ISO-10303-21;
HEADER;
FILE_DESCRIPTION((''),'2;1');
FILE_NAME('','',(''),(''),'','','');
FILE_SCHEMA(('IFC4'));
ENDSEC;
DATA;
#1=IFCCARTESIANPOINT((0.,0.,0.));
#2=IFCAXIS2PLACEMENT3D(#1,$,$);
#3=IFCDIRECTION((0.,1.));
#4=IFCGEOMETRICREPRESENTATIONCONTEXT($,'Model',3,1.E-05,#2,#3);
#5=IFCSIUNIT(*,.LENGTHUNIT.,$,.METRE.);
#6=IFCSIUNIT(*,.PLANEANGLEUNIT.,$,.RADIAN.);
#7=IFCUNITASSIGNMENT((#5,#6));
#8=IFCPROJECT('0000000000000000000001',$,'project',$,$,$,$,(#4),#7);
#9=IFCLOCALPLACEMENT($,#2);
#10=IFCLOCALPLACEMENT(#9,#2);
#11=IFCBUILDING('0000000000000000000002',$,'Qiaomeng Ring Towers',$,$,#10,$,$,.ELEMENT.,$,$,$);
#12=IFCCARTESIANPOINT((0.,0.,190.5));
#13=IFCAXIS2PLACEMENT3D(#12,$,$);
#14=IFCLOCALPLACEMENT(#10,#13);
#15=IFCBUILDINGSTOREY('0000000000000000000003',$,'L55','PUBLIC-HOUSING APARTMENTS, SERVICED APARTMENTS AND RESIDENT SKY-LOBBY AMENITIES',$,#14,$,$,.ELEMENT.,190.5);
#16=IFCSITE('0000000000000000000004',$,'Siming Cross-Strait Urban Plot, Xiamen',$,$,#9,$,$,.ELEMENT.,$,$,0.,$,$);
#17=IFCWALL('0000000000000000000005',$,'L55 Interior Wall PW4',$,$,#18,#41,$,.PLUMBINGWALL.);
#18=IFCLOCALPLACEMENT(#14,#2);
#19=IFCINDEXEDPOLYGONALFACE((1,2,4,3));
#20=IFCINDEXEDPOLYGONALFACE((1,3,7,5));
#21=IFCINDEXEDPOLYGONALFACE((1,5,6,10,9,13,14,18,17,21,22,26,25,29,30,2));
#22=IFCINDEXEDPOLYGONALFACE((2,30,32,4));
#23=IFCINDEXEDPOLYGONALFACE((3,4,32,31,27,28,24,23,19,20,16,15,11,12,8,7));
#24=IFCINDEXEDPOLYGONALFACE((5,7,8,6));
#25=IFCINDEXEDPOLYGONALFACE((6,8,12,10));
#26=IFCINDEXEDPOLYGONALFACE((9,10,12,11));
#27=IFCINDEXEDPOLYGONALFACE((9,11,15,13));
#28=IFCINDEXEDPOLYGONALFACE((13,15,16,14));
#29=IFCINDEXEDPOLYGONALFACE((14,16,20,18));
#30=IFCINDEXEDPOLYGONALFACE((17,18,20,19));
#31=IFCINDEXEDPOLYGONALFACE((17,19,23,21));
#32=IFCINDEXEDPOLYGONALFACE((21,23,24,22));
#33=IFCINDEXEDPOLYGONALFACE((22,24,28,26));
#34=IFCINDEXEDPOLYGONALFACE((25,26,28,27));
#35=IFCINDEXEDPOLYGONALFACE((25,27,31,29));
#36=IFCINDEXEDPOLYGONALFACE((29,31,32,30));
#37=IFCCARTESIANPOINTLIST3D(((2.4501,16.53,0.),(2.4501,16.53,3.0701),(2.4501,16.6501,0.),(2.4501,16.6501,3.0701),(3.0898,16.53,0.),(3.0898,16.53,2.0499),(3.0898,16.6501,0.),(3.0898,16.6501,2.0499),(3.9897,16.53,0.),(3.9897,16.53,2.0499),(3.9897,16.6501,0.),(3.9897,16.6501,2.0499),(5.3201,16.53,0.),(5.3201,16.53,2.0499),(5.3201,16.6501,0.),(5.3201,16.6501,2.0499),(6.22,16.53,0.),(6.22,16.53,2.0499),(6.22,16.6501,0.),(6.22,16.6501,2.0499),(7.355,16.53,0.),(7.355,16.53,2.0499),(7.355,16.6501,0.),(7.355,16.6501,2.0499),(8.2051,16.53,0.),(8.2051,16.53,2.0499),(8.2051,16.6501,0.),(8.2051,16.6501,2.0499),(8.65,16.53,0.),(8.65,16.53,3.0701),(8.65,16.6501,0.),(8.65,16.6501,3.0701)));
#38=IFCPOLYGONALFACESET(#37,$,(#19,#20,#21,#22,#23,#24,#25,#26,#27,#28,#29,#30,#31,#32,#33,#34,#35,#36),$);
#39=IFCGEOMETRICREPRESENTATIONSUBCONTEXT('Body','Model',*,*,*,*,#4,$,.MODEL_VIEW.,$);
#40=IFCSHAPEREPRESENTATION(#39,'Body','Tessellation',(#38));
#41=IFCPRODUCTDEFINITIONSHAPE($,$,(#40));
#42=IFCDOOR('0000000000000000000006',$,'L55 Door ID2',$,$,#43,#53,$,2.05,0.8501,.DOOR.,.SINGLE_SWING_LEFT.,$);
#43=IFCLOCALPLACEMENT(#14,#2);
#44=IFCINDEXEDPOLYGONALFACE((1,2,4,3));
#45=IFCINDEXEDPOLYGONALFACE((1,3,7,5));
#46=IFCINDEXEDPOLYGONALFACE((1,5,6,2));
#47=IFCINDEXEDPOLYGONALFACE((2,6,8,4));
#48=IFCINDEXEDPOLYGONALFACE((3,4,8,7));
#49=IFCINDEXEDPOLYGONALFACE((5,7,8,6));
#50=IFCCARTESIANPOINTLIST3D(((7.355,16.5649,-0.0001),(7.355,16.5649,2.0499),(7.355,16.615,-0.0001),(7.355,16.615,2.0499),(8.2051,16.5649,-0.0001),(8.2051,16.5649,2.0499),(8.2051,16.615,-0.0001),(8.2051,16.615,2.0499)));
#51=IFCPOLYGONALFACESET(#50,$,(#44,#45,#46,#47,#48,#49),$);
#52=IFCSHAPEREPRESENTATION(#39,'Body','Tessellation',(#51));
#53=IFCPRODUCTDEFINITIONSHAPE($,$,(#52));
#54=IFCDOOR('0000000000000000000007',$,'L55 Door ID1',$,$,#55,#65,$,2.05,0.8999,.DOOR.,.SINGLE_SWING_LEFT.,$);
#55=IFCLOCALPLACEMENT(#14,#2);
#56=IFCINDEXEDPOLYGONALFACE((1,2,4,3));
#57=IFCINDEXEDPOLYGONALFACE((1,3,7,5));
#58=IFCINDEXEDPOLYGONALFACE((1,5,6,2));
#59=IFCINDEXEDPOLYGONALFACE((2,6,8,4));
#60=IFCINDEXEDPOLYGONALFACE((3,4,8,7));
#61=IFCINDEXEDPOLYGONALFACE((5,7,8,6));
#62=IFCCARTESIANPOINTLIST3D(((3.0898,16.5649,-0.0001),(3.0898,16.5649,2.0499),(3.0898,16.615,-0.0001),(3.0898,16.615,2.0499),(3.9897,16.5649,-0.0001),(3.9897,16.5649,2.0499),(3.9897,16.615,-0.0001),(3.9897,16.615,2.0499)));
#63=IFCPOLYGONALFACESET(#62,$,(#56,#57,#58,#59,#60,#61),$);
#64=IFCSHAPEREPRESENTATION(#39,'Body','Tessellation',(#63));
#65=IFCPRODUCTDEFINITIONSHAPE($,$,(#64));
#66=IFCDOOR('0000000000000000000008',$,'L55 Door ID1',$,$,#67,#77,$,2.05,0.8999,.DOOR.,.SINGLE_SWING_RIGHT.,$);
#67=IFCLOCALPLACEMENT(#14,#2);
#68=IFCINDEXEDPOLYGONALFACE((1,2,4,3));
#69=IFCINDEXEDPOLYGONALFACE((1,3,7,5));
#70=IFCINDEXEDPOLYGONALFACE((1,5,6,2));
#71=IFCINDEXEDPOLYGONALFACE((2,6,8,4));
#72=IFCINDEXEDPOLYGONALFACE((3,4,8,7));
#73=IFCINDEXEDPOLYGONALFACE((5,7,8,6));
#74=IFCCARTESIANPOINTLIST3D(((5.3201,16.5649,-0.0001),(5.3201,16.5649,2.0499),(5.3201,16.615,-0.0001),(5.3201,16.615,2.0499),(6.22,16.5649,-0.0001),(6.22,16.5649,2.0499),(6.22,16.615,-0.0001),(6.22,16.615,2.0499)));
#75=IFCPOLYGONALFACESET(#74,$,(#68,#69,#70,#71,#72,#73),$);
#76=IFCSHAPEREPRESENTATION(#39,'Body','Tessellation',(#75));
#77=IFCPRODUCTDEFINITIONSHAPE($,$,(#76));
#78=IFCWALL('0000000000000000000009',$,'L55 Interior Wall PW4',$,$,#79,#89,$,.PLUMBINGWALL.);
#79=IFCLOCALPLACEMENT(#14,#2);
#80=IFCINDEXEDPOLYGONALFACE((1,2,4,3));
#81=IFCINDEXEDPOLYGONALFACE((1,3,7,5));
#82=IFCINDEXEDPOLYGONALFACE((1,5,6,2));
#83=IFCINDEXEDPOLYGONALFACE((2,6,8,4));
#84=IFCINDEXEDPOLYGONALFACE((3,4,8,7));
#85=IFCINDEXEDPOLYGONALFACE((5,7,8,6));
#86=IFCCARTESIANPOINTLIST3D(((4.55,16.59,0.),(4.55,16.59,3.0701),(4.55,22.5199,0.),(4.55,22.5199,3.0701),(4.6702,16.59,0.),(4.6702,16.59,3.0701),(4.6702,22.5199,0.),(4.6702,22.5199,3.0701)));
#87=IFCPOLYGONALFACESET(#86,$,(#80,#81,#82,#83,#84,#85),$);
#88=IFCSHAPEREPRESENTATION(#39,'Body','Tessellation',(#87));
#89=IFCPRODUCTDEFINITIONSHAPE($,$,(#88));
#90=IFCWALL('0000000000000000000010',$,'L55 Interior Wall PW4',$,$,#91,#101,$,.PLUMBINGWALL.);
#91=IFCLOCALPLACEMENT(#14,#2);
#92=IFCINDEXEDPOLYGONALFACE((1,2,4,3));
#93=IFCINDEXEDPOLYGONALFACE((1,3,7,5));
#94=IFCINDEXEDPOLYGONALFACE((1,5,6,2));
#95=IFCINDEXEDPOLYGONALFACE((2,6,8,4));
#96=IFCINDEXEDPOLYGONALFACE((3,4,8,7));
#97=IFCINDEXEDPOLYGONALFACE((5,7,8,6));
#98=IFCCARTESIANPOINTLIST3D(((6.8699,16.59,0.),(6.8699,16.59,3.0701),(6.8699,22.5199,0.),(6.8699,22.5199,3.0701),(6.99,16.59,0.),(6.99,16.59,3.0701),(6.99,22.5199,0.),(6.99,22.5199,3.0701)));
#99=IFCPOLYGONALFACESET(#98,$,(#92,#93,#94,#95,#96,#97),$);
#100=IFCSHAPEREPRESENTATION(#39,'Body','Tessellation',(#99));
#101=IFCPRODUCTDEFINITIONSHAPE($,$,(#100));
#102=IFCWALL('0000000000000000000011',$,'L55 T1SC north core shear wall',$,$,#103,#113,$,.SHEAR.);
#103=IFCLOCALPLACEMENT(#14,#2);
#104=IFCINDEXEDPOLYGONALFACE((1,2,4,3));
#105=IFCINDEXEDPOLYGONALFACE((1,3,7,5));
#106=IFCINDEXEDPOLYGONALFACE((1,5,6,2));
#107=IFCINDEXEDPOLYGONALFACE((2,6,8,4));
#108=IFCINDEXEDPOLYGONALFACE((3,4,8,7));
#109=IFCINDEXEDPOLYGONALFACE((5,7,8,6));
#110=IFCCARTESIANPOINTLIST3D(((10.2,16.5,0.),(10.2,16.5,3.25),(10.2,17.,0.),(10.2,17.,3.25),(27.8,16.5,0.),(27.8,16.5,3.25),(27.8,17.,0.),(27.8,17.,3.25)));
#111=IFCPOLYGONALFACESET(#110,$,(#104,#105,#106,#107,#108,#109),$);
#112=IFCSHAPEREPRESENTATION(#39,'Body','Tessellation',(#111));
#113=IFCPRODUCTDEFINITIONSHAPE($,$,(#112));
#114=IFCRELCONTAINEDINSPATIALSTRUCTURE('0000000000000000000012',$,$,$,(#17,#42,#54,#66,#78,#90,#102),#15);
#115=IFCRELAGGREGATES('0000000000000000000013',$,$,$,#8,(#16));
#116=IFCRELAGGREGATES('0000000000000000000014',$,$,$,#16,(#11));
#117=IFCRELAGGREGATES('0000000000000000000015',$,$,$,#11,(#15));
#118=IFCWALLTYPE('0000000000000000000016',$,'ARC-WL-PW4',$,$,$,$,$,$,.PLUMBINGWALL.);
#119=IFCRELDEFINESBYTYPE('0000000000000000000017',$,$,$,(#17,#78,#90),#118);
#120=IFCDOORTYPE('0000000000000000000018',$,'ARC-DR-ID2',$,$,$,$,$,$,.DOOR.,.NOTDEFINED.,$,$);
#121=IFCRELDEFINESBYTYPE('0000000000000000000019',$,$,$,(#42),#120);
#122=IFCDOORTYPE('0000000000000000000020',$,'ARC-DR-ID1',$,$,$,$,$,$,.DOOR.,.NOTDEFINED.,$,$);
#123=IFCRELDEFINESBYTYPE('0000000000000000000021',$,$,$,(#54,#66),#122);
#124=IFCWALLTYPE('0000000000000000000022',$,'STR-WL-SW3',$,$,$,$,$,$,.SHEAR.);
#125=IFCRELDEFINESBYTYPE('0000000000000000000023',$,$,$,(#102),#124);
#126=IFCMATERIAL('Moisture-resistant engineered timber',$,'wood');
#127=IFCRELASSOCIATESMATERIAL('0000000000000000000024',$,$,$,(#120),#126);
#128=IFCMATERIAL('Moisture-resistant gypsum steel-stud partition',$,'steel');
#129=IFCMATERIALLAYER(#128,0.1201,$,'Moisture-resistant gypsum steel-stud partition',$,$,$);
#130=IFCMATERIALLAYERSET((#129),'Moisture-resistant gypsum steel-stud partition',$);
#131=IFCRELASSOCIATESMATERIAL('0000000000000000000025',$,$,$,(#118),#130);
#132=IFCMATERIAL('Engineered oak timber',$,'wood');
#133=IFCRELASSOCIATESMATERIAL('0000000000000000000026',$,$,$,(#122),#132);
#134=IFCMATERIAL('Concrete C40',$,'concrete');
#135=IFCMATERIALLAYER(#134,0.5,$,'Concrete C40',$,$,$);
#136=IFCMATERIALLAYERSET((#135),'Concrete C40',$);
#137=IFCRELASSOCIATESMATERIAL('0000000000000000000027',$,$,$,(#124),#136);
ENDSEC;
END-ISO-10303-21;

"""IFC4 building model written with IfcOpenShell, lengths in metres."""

from ifc_helpers import new_model, si_unit, direction, frame, frame_2d, origin, place, context, subcontext, project, spatial, rectangle, extrude, source, transform, mapped, material, layer, layer_set, type_object, element, fill, save


model = new_model("IFC4")

# Units and contexts
model_context = context("Model", 3, precision=1e-05, world=origin(), true_north=direction((0.0, 1.0)))
body_context = subcontext(model_context, "Body", "Model", "MODEL_VIEW")
ifc_project = project(units=[si_unit("LENGTHUNIT", "METRE"), si_unit("PLANEANGLEUNIT", "RADIAN")], contexts=[model_context])

# Site, building, storey
site_placement = place(None, origin())
site = spatial("IfcSite", under=ifc_project, at=site_placement, Name="Siming Cross-Strait Urban Plot, Xiamen", CompositionType="ELEMENT", RefElevation=0.0)
building_placement = place(site_placement, origin())
building = spatial("IfcBuilding", under=site, at=building_placement, Name="Qiaomeng Ring Towers", CompositionType="ELEMENT")
storey_placement = place(building_placement, frame((0.0, 0.0, 190.5)))
storey = spatial("IfcBuildingStorey", under=building, at=storey_placement, Name="L55", Description="PUBLIC-HOUSING APARTMENTS, SERVICED APARTMENTS AND RESIDENT SKY-LOBBY AMENITIES", CompositionType="ELEMENT", Elevation=190.5)

# Shared definitions
ifc_material_1 = material(Name="Concrete C40", Category="concrete")

# Shared definitions
ifc_material_2 = material(Name="Moisture-resistant engineered timber", Category="wood")
door_type_1 = type_object("IfcDoorType", Name="ARC-DR-ID2", OperationType="NOTDEFINED", PredefinedType="DOOR", material=ifc_material_2)
shared_shape_1 = source(origin(), body_context, "Body", "SweptSolid", [
    extrude(rectangle(XDim=0.8501, YDim=2.05, at=frame_2d((0.425, 1.0249))), frame((0.0, 0.0249, 0.0), z_axis=(0.0, -1.0, 0.0), x_axis=(1.0, 0.0, 0.0)), (0.0, 0.0, 1.0), 0.05),
])

# Wall, openings, doors
ifc_material_3 = material(Name="Moisture-resistant gypsum steel-stud partition", Category="steel")
ifc_layer_1 = layer(ifc_material_3, 0.1201, Name="Moisture-resistant gypsum steel-stud partition")
ifc_layer_set_1 = layer_set([ifc_layer_1], Name="Moisture-resistant gypsum steel-stud partition")
wall_type_1 = type_object("IfcWallType", Name="ARC-WL-PW4", PredefinedType="PLUMBINGWALL", material=ifc_layer_set_1)
wall_1_placement = place(storey_placement, frame((2.45, 16.5901, 0.0), z_axis=(0.0, 0.0, 1.0), x_axis=(1.0, 0.0, 0.0)))
wall_1 = element("IfcWall", 1, at=wall_1_placement, inside=storey, type_object=wall_type_1, Name="L55 Interior Wall PW4", PredefinedType="PLUMBINGWALL", context=body_context, shape_type="SweptSolid", body=[
    extrude(rectangle(XDim=6.2, YDim=0.1201, at=frame_2d((3.1001, 0.0))), origin(), (0.0, 0.0, 1.0), 3.0701),
])
opening_1_placement = place(wall_1_placement, frame((0.6399, 0.0, 0.0)))
opening_1 = element("IfcOpeningElement", 2, at=opening_1_placement, cuts=wall_1, PredefinedType="OPENING", context=body_context, shape_type="SweptSolid", body=[
    extrude(rectangle(XDim=0.8999, YDim=2.05, at=frame_2d((0.45, 1.0249))), frame((0.0, 0.0701, 0.0), z_axis=(0.0, -1.0, 0.0), x_axis=(1.0, 0.0, 0.0)), (0.0, 0.0, 1.0), 0.1401),
])
opening_2_placement = place(wall_1_placement, frame((2.8701, 0.0, 0.0)))
opening_2 = element("IfcOpeningElement", 3, at=opening_2_placement, cuts=wall_1, PredefinedType="OPENING", context=body_context, shape_type="SweptSolid", body=[
    extrude(rectangle(XDim=0.8999, YDim=2.05, at=frame_2d((0.45, 1.0249))), frame((0.0, 0.0701, 0.0), z_axis=(0.0, -1.0, 0.0), x_axis=(1.0, 0.0, 0.0)), (0.0, 0.0, 1.0), 0.1401),
])
opening_3_placement = place(wall_1_placement, frame((4.905, 0.0, 0.0)))
opening_3 = element("IfcOpeningElement", 4, at=opening_3_placement, cuts=wall_1, PredefinedType="OPENING", context=body_context, shape_type="SweptSolid", body=[
    extrude(rectangle(XDim=0.8501, YDim=2.05, at=frame_2d((0.425, 1.0249))), frame((0.0, 0.0701, 0.0), z_axis=(0.0, -1.0, 0.0), x_axis=(1.0, 0.0, 0.0)), (0.0, 0.0, 1.0), 0.1401),
])
door_1_placement = place(opening_3_placement, origin())
door_1 = element("IfcDoor", 5, at=door_1_placement, inside=storey, type_object=door_type_1, Name="L55 Door ID2", OperationType="SINGLE_SWING_LEFT", OverallHeight=2.05, OverallWidth=0.8501, PredefinedType="DOOR", context=body_context, shape_type="MappedRepresentation", body=[
    mapped(shared_shape_1, transform((0.0, 0.0, 0.0), x_axis=(1.0, 0.0, 0.0), y_axis=(0.0, 1.0, 0.0), z_axis=(0.0, 0.0, 1.0), scale=1.0)),
])
fill(opening_3, door_1)
ifc_material_4 = material(Name="Engineered oak timber", Category="wood")
door_type_2 = type_object("IfcDoorType", Name="ARC-DR-ID1", OperationType="NOTDEFINED", PredefinedType="DOOR", material=ifc_material_4)
shared_shape_2 = source(origin(), body_context, "Body", "SweptSolid", [
    extrude(rectangle(XDim=0.8999, YDim=2.05, at=frame_2d((0.45, 1.0249))), frame((0.0, 0.0249, 0.0), z_axis=(0.0, -1.0, 0.0), x_axis=(1.0, 0.0, 0.0)), (0.0, 0.0, 1.0), 0.05),
])
door_2_placement = place(opening_1_placement, origin())
door_2 = element("IfcDoor", 6, at=door_2_placement, inside=storey, type_object=door_type_2, Name="L55 Door ID1", OperationType="SINGLE_SWING_LEFT", OverallHeight=2.05, OverallWidth=0.8999, PredefinedType="DOOR", context=body_context, shape_type="MappedRepresentation", body=[
    mapped(shared_shape_2, transform((0.0, 0.0, 0.0), x_axis=(1.0, 0.0, 0.0), y_axis=(0.0, 1.0, 0.0), z_axis=(0.0, 0.0, 1.0), scale=1.0)),
])
fill(opening_1, door_2)
door_3_placement = place(opening_2_placement, origin())
door_3 = element("IfcDoor", 7, at=door_3_placement, inside=storey, type_object=door_type_2, Name="L55 Door ID1", OperationType="SINGLE_SWING_RIGHT", OverallHeight=2.05, OverallWidth=0.8999, PredefinedType="DOOR", context=body_context, shape_type="MappedRepresentation", body=[
    mapped(shared_shape_2, transform((0.0, 0.0, 0.0), x_axis=(1.0, 0.0, 0.0), y_axis=(0.0, 1.0, 0.0), z_axis=(0.0, 0.0, 1.0), scale=1.0)),
])
fill(opening_2, door_3)

# Walls
for number, where, z_axis, x_axis, name in (
    (8, (4.6101, 16.5901, 0.0), (0.0, 0.0, 1.0), (0.0, 1.0, 0.0), "L55 Interior Wall PW4"),
    (9, (6.9299, 16.5901, 0.0), (0.0, 0.0, 1.0), (0.0, 1.0, 0.0), "L55 Interior Wall PW4"),
):
    element("IfcWall", number, at=place(storey_placement, frame(where, z_axis=z_axis, x_axis=x_axis)), inside=storey, type_object=wall_type_1, Name=name, PredefinedType="PLUMBINGWALL", context=body_context, shape_type="SweptSolid", body=[
        extrude(rectangle(XDim=5.9299, YDim=0.1201, at=frame_2d((2.9648, 0.0))), origin(), (0.0, 0.0, 1.0), 3.0701),
    ])
ifc_layer_2 = layer(ifc_material_1, 0.5, Name="Concrete C40")
ifc_layer_set_2 = layer_set([ifc_layer_2], Name="Concrete C40")
wall_type_2 = type_object("IfcWallType", Name="STR-WL-SW3", PredefinedType="SHEAR", material=ifc_layer_set_2)
wall_2_placement = place(storey_placement, frame((10.2, 16.75, 0.0), z_axis=(0.0, 0.0, 1.0), x_axis=(1.0, 0.0, 0.0)))
element("IfcWall", 10, at=wall_2_placement, inside=storey, type_object=wall_type_2, Name="L55 T1SC north core shear wall", PredefinedType="SHEAR", context=body_context, shape_type="SweptSolid", body=[
    extrude(rectangle(XDim=17.6001, YDim=0.5, at=frame_2d((8.8, 0.0))), origin(), (0.0, 0.0, 1.0), 3.25),
])

save(model, "model.ifc")
